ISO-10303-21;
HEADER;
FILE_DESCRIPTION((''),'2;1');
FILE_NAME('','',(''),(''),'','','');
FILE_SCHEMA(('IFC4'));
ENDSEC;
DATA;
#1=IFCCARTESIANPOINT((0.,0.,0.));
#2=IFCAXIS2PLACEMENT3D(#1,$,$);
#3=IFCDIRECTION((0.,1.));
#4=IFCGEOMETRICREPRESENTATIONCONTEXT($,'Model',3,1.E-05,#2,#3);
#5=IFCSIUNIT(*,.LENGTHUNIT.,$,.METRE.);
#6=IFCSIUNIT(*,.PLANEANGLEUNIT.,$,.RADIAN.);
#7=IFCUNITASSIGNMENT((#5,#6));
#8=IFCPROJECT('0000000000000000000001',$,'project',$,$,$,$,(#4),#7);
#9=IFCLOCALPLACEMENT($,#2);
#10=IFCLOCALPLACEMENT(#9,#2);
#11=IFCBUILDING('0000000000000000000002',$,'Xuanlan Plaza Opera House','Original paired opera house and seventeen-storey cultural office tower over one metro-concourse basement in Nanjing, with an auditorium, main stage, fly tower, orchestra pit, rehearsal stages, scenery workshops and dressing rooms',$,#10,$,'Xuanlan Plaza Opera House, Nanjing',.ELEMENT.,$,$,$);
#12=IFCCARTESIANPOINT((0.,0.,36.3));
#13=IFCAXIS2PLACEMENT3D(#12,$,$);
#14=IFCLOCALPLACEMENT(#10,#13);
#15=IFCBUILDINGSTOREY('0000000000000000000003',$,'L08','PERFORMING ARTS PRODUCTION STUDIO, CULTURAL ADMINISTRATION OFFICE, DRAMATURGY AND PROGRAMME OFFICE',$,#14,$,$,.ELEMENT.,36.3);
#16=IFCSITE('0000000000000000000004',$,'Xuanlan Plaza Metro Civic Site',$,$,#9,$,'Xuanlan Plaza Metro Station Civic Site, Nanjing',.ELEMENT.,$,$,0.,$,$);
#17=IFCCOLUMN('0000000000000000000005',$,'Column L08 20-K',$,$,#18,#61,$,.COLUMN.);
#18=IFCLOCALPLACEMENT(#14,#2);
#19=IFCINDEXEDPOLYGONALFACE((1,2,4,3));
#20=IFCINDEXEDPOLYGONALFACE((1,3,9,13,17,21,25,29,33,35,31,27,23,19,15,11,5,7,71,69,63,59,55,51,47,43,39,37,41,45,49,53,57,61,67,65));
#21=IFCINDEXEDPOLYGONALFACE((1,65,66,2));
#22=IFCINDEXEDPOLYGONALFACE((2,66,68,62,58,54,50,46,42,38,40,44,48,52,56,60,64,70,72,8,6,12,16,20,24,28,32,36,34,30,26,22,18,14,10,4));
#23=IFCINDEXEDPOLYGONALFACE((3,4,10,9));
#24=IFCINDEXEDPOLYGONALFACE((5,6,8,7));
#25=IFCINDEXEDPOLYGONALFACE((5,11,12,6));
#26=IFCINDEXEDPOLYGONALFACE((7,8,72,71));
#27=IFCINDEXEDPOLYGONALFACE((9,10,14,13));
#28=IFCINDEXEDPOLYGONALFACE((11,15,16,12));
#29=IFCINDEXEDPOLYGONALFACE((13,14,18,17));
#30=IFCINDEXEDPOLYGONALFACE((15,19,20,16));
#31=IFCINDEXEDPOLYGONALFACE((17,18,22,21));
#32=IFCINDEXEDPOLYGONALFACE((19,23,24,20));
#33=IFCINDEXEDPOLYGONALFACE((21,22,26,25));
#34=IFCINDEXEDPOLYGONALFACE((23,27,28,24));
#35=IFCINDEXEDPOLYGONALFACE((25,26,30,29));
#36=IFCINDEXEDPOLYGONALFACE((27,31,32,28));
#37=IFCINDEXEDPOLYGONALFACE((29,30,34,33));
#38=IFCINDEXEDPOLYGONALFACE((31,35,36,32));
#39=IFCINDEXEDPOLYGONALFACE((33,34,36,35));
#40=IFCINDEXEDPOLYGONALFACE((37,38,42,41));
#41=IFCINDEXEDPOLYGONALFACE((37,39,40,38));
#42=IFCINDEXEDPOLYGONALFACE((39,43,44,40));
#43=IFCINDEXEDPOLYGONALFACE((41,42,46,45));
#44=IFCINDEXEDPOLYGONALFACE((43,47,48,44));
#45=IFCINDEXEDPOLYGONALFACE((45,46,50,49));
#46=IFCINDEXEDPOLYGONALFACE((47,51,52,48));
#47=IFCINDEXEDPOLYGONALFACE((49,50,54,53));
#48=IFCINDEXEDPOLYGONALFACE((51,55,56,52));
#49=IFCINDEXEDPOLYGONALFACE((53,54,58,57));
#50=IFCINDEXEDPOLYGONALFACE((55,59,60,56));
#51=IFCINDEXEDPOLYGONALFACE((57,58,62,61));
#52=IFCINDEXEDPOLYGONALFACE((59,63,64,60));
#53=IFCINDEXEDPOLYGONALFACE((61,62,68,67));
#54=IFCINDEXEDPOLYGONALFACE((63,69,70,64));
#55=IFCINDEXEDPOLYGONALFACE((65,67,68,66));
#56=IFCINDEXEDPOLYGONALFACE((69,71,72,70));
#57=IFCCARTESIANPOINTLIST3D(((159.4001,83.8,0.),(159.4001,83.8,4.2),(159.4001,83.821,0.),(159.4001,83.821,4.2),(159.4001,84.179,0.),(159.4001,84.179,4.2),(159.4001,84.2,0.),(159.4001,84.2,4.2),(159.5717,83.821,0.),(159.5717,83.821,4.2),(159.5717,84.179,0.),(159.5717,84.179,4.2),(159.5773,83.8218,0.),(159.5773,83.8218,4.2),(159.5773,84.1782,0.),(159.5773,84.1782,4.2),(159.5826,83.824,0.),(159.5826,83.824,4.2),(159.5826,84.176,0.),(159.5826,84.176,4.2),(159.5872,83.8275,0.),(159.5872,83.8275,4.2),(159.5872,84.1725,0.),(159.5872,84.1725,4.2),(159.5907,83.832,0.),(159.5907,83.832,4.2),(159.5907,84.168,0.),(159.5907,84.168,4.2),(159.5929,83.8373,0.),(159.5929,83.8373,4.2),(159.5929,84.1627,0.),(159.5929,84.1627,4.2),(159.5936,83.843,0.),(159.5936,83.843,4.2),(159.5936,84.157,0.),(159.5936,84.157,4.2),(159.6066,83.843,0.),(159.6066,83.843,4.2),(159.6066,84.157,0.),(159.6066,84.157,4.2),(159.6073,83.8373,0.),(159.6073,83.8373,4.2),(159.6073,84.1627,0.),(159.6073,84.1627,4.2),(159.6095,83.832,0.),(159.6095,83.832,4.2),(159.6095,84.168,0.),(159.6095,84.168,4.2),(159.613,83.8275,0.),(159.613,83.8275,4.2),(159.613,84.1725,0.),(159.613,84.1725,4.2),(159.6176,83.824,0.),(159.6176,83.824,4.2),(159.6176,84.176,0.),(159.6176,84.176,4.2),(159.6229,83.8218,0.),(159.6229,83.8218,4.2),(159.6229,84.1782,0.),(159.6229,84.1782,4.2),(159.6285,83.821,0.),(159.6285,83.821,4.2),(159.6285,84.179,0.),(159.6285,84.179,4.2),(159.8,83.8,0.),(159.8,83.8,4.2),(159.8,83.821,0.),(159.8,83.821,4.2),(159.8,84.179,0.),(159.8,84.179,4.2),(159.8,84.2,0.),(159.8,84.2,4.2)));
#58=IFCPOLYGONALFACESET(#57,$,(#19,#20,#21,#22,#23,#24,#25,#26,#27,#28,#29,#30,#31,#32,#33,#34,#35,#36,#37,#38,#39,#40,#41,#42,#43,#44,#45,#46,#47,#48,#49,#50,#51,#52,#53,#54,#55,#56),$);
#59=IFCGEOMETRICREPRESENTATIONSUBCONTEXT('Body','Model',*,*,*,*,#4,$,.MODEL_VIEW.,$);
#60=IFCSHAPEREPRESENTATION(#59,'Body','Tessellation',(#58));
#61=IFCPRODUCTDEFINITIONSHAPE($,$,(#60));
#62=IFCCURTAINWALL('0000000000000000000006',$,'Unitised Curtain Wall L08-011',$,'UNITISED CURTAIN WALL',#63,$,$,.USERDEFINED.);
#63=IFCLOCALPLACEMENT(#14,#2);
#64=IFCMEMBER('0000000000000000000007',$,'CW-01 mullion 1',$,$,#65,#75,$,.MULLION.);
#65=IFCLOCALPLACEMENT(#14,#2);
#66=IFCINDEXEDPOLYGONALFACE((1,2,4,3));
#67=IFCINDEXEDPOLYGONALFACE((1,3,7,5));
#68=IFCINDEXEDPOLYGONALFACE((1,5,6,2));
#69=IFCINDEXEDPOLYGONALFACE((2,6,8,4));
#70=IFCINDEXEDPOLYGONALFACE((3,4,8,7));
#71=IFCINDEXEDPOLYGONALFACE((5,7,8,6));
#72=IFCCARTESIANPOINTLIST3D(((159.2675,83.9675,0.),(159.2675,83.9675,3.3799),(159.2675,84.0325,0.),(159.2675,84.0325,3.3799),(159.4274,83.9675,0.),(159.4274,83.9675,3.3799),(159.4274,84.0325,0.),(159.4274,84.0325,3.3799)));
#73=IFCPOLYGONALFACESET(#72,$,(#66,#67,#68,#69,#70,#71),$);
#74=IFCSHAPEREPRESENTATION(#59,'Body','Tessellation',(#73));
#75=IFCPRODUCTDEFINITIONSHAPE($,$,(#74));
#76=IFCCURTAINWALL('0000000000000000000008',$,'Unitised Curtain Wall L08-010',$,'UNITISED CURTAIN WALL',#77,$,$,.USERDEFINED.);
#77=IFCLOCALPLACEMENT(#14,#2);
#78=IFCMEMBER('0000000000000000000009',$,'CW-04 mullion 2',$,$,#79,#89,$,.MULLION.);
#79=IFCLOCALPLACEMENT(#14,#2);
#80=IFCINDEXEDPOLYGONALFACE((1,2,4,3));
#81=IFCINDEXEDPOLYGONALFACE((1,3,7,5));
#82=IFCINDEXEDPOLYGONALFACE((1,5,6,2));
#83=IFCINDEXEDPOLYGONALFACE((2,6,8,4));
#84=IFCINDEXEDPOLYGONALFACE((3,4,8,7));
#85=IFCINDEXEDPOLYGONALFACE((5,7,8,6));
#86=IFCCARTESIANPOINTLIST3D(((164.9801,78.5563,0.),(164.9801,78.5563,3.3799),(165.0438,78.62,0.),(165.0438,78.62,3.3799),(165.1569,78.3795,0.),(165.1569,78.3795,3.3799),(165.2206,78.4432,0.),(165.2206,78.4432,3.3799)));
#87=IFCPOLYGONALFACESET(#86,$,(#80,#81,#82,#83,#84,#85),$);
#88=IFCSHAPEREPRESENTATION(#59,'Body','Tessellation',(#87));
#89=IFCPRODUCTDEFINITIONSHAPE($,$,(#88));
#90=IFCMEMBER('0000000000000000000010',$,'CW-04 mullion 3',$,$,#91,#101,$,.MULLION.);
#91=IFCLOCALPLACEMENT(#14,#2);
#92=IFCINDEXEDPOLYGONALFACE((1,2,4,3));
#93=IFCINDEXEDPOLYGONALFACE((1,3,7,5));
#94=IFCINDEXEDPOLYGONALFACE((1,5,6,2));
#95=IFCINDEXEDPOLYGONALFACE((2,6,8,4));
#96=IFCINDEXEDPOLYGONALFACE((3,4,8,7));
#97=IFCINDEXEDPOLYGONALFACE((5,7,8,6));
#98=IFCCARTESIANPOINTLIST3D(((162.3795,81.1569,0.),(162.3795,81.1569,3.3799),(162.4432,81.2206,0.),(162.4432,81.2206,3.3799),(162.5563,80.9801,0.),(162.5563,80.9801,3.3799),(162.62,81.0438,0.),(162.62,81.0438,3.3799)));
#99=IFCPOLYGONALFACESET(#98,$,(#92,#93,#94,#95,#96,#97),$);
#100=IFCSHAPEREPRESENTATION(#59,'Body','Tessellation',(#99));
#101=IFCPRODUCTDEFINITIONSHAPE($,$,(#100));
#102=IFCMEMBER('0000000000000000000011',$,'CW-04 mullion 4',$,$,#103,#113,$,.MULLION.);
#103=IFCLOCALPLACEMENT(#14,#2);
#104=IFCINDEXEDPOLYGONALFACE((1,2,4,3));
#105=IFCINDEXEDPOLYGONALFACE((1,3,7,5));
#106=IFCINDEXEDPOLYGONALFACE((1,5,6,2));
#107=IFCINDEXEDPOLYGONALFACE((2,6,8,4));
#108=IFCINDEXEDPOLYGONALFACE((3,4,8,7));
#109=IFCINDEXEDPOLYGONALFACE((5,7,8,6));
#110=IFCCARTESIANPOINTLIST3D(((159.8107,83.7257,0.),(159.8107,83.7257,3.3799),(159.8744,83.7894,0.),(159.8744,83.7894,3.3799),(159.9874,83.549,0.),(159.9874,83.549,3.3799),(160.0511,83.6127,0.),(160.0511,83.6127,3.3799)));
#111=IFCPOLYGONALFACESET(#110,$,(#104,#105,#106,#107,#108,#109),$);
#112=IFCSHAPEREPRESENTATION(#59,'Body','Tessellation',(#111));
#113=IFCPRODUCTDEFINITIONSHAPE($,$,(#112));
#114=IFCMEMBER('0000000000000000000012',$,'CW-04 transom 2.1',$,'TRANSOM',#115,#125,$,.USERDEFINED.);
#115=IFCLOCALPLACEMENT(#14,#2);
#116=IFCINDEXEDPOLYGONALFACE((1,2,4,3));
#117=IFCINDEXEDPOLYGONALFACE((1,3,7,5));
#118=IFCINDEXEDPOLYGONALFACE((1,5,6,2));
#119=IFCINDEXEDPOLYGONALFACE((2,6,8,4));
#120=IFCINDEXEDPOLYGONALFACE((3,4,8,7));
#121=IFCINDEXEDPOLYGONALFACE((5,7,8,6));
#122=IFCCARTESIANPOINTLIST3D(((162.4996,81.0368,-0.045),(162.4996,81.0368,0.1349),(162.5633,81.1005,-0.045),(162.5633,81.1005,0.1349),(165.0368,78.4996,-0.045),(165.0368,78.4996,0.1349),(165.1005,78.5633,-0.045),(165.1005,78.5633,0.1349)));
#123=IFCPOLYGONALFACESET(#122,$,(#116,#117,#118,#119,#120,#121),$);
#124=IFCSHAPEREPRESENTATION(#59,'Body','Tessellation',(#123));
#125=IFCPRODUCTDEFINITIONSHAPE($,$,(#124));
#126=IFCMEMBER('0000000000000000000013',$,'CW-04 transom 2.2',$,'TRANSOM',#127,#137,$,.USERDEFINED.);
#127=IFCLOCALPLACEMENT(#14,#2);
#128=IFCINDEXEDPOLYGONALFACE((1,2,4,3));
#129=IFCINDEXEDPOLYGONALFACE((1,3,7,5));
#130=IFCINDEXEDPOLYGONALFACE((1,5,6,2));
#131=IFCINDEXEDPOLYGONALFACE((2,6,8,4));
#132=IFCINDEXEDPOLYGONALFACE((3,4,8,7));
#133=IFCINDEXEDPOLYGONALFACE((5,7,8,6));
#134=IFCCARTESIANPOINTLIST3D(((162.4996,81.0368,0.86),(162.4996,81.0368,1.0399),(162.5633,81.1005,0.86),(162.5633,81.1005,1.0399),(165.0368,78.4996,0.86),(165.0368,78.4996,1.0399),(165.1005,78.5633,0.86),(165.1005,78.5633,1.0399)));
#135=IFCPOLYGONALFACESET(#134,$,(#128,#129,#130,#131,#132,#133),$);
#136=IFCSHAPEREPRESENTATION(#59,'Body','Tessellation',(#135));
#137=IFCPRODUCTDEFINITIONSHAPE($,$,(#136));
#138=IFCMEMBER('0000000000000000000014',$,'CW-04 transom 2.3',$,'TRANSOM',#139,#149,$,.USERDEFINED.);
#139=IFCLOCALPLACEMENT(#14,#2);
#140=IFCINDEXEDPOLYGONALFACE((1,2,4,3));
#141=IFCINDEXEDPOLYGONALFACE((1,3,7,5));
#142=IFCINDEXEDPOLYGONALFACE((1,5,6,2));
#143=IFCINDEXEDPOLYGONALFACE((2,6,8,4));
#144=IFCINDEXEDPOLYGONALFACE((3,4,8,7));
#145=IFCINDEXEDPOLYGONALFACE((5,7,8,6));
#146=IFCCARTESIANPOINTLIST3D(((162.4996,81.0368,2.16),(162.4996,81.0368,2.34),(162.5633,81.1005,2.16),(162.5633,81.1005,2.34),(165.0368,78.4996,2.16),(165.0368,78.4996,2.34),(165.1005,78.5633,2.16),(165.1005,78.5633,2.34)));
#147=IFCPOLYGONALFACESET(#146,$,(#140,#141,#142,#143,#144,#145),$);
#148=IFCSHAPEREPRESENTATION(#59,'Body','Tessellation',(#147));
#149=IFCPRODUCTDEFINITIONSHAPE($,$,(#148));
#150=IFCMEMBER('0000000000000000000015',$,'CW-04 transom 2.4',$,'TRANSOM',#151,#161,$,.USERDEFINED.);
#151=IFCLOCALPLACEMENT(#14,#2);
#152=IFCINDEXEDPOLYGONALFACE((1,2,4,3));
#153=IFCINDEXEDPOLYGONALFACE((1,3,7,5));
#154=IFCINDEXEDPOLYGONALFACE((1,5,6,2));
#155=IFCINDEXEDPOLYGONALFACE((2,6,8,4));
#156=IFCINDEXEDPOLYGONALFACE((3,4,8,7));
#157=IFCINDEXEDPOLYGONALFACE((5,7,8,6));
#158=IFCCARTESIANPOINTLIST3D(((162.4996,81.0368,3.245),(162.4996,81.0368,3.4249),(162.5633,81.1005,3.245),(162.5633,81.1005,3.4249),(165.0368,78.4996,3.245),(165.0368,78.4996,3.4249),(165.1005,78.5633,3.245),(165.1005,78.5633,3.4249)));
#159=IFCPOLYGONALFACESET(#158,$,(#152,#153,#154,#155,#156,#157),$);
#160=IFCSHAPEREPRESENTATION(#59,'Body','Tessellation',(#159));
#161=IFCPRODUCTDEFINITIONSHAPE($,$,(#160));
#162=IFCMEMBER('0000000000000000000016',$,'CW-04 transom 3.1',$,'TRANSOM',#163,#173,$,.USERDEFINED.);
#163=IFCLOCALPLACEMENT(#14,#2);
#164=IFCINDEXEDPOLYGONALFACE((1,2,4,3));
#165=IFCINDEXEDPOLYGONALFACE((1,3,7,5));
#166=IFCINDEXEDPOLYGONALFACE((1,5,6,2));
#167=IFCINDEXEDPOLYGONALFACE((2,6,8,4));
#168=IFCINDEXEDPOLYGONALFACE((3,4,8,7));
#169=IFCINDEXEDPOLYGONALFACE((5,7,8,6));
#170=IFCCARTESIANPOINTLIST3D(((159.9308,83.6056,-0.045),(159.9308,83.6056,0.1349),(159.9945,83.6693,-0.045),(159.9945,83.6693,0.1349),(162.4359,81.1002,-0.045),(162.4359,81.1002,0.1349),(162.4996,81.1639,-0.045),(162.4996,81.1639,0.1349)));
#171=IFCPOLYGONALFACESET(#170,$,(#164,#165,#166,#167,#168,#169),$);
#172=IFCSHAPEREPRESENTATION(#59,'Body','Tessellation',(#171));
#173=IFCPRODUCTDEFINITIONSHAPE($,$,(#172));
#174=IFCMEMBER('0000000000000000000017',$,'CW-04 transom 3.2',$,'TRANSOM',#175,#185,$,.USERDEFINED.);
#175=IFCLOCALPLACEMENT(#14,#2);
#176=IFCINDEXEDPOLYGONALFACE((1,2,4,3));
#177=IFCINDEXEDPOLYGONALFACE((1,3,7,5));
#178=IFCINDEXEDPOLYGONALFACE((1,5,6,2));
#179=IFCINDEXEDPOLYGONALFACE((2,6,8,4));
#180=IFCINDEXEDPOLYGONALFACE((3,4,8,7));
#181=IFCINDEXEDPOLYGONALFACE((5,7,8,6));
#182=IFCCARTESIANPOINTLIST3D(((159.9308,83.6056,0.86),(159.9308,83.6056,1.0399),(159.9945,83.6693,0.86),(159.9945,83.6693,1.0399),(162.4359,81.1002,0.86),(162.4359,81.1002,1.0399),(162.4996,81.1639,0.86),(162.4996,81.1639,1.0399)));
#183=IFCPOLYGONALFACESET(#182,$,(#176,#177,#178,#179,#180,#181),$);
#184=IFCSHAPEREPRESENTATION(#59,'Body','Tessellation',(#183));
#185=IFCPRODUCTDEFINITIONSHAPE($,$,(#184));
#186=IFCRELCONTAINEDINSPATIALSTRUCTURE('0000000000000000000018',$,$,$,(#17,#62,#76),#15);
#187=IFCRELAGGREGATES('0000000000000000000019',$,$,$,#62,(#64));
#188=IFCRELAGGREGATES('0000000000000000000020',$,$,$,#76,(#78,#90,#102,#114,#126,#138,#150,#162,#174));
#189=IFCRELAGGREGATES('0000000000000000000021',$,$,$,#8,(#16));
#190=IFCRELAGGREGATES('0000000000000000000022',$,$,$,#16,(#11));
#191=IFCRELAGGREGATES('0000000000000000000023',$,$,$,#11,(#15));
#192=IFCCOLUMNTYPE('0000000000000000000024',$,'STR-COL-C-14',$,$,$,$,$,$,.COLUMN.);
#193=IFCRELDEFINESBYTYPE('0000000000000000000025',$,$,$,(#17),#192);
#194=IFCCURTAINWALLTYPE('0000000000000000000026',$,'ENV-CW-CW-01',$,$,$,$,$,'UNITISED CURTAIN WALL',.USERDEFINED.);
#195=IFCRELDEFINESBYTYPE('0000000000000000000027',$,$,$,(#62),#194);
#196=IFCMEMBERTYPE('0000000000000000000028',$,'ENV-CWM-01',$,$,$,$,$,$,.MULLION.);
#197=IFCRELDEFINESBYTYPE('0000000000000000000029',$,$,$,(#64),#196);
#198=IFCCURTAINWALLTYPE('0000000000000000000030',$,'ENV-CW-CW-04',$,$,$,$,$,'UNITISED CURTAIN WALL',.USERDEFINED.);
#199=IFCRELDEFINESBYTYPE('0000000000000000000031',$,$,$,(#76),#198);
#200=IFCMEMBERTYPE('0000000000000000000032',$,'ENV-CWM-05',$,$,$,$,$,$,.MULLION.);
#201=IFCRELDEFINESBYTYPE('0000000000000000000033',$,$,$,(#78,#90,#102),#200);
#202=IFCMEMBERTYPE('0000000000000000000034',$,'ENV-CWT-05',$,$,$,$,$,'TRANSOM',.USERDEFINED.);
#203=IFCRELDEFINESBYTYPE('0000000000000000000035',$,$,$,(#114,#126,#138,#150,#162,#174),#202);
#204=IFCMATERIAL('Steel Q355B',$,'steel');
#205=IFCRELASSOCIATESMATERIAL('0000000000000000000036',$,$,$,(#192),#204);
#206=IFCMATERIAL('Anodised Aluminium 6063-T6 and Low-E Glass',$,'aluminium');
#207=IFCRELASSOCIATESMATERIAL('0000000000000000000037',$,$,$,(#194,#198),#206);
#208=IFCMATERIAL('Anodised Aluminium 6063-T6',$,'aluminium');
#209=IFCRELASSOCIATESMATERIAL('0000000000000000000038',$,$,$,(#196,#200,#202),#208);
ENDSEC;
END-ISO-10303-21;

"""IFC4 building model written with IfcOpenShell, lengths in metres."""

from ifc_helpers import new_model, si_unit, direction, frame, origin, origin_2d, place, context, subcontext, project, spatial, rectangle, i_section, extrude, material, material_profile, profile_set, type_object, element, aggregate, save


model = new_model("IFC4")

# Units and contexts
model_context = context("Model", 3, precision=1e-05, world=origin(), true_north=direction((0.0, 1.0)))
body_context = subcontext(model_context, "Body", "Model", "MODEL_VIEW")
ifc_project = project(units=[si_unit("LENGTHUNIT", "METRE"), si_unit("PLANEANGLEUNIT", "RADIAN")], contexts=[model_context])

# Site, building, storey
site_placement = place(None, origin())
site = spatial("IfcSite", under=ifc_project, at=site_placement, Name="Xuanlan Plaza Metro Civic Site", LongName="Xuanlan Plaza Metro Station Civic Site, Nanjing", CompositionType="ELEMENT", RefElevation=0.0)
building_placement = place(site_placement, origin())
building = spatial("IfcBuilding", under=site, at=building_placement, Name="Xuanlan Plaza Opera House", Description="Original paired opera house and seventeen-storey cultural office tower over one metro-concourse basement in Nanjing, with an auditorium, main stage, fly tower, orchestra pit, rehearsal stages, scenery workshops and dressing rooms", LongName="Xuanlan Plaza Opera House, Nanjing", CompositionType="ELEMENT")
storey_placement = place(building_placement, frame((0.0, 0.0, 36.3)))
storey = spatial("IfcBuildingStorey", under=building, at=storey_placement, Name="L08", Description="PERFORMING ARTS PRODUCTION STUDIO, CULTURAL ADMINISTRATION OFFICE, DRAMATURGY AND PROGRAMME OFFICE", CompositionType="ELEMENT", Elevation=36.3)

# Column
ifc_material_1 = material(Name="Steel Q355B", Category="steel")
ifc_material_profile_1 = material_profile(ifc_material_1, i_section(OverallWidth=0.3999, OverallDepth=0.3999, WebThickness=0.0129, FlangeThickness=0.021, FilletRadius=0.022, at=origin_2d()), Name="HW 400x400x13x21")
ifc_profile_set_1 = profile_set([ifc_material_profile_1], Name="Steel Q355B")
column_type = type_object("IfcColumnType", Name="STR-COL-C-14", PredefinedType="COLUMN", material=ifc_profile_set_1)
column_placement = place(storey_placement, frame((159.6001, 84.0, 0.0), z_axis=(0.0, 0.0, 1.0), x_axis=(1.0, 0.0, 0.0)))
element("IfcColumn", 1, at=column_placement, inside=storey, type_object=column_type, Name="Column L08 20-K", PredefinedType="COLUMN", context=body_context, shape_type="SweptSolid", body=[
    extrude(i_section(OverallWidth=0.3999, OverallDepth=0.3999, WebThickness=0.0129, FlangeThickness=0.021, FilletRadius=0.022, at=origin_2d()), origin(), (0.0, 0.0, 1.0), 4.2),
])

# Curtain wall, member
ifc_material_2 = material(Name="Anodised Aluminium 6063-T6 and Low-E Glass", Category="aluminium")
curtain_wall_type_1 = type_object("IfcCurtainWallType", Name="ENV-CW-CW-01", ElementType="UNITISED CURTAIN WALL", PredefinedType="USERDEFINED", material=ifc_material_2)
curtain_wall_1_placement = place(storey_placement, origin())
curtain_wall_1 = element("IfcCurtainWall", 2, at=curtain_wall_1_placement, inside=storey, type_object=curtain_wall_type_1, Name="Unitised Curtain Wall L08-011", ObjectType="UNITISED CURTAIN WALL", PredefinedType="USERDEFINED")
ifc_material_3 = material(Name="Anodised Aluminium 6063-T6", Category="aluminium")
ifc_material_profile_2 = material_profile(ifc_material_3, rectangle(XDim=0.0649, YDim=0.1599, at=origin_2d()), Name="ALU-M 65x160")
ifc_profile_set_2 = profile_set([ifc_material_profile_2], Name="Anodised Aluminium 6063-T6")
member_type_1 = type_object("IfcMemberType", Name="ENV-CWM-01", PredefinedType="MULLION", material=ifc_profile_set_2)
member_1_placement = place(storey_placement, frame((159.3474, 84.0, 0.0), z_axis=(0.0, 0.0, 1.0), x_axis=(0.0, -1.0, 0.0)))
member_1 = element("IfcMember", 3, at=member_1_placement, type_object=member_type_1, Name="CW-01 mullion 1", PredefinedType="MULLION", context=body_context, shape_type="SweptSolid", body=[
    extrude(rectangle(XDim=0.0649, YDim=0.1599, at=origin_2d()), origin(), (0.0, 0.0, 1.0), 3.3799),
])
aggregate(curtain_wall_1, [member_1])

# Curtain wall, members
curtain_wall_type_2 = type_object("IfcCurtainWallType", Name="ENV-CW-CW-04", ElementType="UNITISED CURTAIN WALL", PredefinedType="USERDEFINED", material=ifc_material_2)
curtain_wall_2_placement = place(storey_placement, origin())
curtain_wall_2 = element("IfcCurtainWall", 4, at=curtain_wall_2_placement, inside=storey, type_object=curtain_wall_type_2, Name="Unitised Curtain Wall L08-010", ObjectType="UNITISED CURTAIN WALL", PredefinedType="USERDEFINED")
ifc_material_profile_3 = material_profile(ifc_material_3, rectangle(XDim=0.0901, YDim=0.25, at=origin_2d()), Name="ALU-M 90x250")
ifc_profile_set_3 = profile_set([ifc_material_profile_3], Name="Anodised Aluminium 6063-T6")
member_type_2 = type_object("IfcMemberType", Name="ENV-CWM-05", PredefinedType="MULLION", material=ifc_profile_set_3)
member_2_placement = place(storey_placement, frame((165.1003, 78.4998, 0.0), z_axis=(0.0, 0.0, 1.0), x_axis=(-0.707107, -0.707107, 0.0)))
member_2 = element("IfcMember", 5, at=member_2_placement, type_object=member_type_2, Name="CW-04 mullion 2", PredefinedType="MULLION", context=body_context, shape_type="SweptSolid", body=[
    extrude(rectangle(XDim=0.0901, YDim=0.25, at=origin_2d()), origin(), (0.0, 0.0, 1.0), 3.3799),
])
member_3_placement = place(storey_placement, frame((162.4998, 81.1003, 0.0), z_axis=(0.0, 0.0, 1.0), x_axis=(-0.707107, -0.707107, 0.0)))
member_3 = element("IfcMember", 6, at=member_3_placement, type_object=member_type_2, Name="CW-04 mullion 3", PredefinedType="MULLION", context=body_context, shape_type="SweptSolid", body=[
    extrude(rectangle(XDim=0.0901, YDim=0.25, at=origin_2d()), origin(), (0.0, 0.0, 1.0), 3.3799),
])
member_4_placement = place(storey_placement, frame((159.9309, 83.6692, 0.0), z_axis=(0.0, 0.0, 1.0), x_axis=(-0.707107, -0.707107, 0.0)))
member_4 = element("IfcMember", 7, at=member_4_placement, type_object=member_type_2, Name="CW-04 mullion 4", PredefinedType="MULLION", context=body_context, shape_type="SweptSolid", body=[
    extrude(rectangle(XDim=0.0901, YDim=0.25, at=origin_2d()), origin(), (0.0, 0.0, 1.0), 3.3799),
])
ifc_material_profile_4 = material_profile(ifc_material_3, rectangle(XDim=0.0901, YDim=0.1799, at=origin_2d()), Name="ALU-T 90x180")
ifc_profile_set_4 = profile_set([ifc_material_profile_4], Name="Anodised Aluminium 6063-T6")
member_type_3 = type_object("IfcMemberType", Name="ENV-CWT-05", ElementType="TRANSOM", PredefinedType="USERDEFINED", material=ifc_profile_set_4)
member_5_placement = place(storey_placement, frame((165.0686, 78.5315, 0.0449), z_axis=(-0.707107, 0.707107, 0.0), x_axis=(-0.707107, -0.707107, 0.0)))
member_5 = element("IfcMember", 8, at=member_5_placement, type_object=member_type_3, Name="CW-04 transom 2.1", ObjectType="TRANSOM", PredefinedType="USERDEFINED", context=body_context, shape_type="SweptSolid", body=[
    extrude(rectangle(XDim=0.0901, YDim=0.1799, at=origin_2d()), origin(), (0.0, 0.0, 1.0), 3.5881),
])
member_6_placement = place(storey_placement, frame((165.0686, 78.5315, 0.95), z_axis=(-0.707107, 0.707107, 0.0), x_axis=(-0.707107, -0.707107, 0.0)))
member_6 = element("IfcMember", 9, at=member_6_placement, type_object=member_type_3, Name="CW-04 transom 2.2", ObjectType="TRANSOM", PredefinedType="USERDEFINED", context=body_context, shape_type="SweptSolid", body=[
    extrude(rectangle(XDim=0.0901, YDim=0.1799, at=origin_2d()), origin(), (0.0, 0.0, 1.0), 3.5881),
])
member_7_placement = place(storey_placement, frame((165.0686, 78.5315, 2.25), z_axis=(-0.707107, 0.707107, 0.0), x_axis=(-0.707107, -0.707107, 0.0)))
member_7 = element("IfcMember", 10, at=member_7_placement, type_object=member_type_3, Name="CW-04 transom 2.3", ObjectType="TRANSOM", PredefinedType="USERDEFINED", context=body_context, shape_type="SweptSolid", body=[
    extrude(rectangle(XDim=0.0901, YDim=0.1799, at=origin_2d()), origin(), (0.0, 0.0, 1.0), 3.5881),
])
member_8_placement = place(storey_placement, frame((165.0686, 78.5315, 3.335), z_axis=(-0.707107, 0.707107, 0.0), x_axis=(-0.707107, -0.707107, 0.0)))
member_8 = element("IfcMember", 11, at=member_8_placement, type_object=member_type_3, Name="CW-04 transom 2.4", ObjectType="TRANSOM", PredefinedType="USERDEFINED", context=body_context, shape_type="SweptSolid", body=[
    extrude(rectangle(XDim=0.0901, YDim=0.1799, at=origin_2d()), origin(), (0.0, 0.0, 1.0), 3.5881),
])
member_9_placement = place(storey_placement, frame((162.4678, 81.1321, 0.0449), z_axis=(-0.707072, 0.707141, 0.0), x_axis=(-0.707141, -0.707072, 0.0)))
member_9 = element("IfcMember", 12, at=member_9_placement, type_object=member_type_3, Name="CW-04 transom 3.1", ObjectType="TRANSOM", PredefinedType="USERDEFINED", context=body_context, shape_type="SweptSolid", body=[
    extrude(rectangle(XDim=0.0901, YDim=0.1799, at=origin_2d()), origin(), (0.0, 0.0, 1.0), 3.543),
])
member_10_placement = place(storey_placement, frame((162.4678, 81.1321, 0.95), z_axis=(-0.707072, 0.707141, 0.0), x_axis=(-0.707141, -0.707072, 0.0)))
member_10 = element("IfcMember", 13, at=member_10_placement, type_object=member_type_3, Name="CW-04 transom 3.2", ObjectType="TRANSOM", PredefinedType="USERDEFINED", context=body_context, shape_type="SweptSolid", body=[
    extrude(rectangle(XDim=0.0901, YDim=0.1799, at=origin_2d()), origin(), (0.0, 0.0, 1.0), 3.543),
])
aggregate(curtain_wall_2, [member_2, member_3, member_4, member_5, member_6, member_7, member_8, member_9, member_10])

save(model, "model.ifc")
